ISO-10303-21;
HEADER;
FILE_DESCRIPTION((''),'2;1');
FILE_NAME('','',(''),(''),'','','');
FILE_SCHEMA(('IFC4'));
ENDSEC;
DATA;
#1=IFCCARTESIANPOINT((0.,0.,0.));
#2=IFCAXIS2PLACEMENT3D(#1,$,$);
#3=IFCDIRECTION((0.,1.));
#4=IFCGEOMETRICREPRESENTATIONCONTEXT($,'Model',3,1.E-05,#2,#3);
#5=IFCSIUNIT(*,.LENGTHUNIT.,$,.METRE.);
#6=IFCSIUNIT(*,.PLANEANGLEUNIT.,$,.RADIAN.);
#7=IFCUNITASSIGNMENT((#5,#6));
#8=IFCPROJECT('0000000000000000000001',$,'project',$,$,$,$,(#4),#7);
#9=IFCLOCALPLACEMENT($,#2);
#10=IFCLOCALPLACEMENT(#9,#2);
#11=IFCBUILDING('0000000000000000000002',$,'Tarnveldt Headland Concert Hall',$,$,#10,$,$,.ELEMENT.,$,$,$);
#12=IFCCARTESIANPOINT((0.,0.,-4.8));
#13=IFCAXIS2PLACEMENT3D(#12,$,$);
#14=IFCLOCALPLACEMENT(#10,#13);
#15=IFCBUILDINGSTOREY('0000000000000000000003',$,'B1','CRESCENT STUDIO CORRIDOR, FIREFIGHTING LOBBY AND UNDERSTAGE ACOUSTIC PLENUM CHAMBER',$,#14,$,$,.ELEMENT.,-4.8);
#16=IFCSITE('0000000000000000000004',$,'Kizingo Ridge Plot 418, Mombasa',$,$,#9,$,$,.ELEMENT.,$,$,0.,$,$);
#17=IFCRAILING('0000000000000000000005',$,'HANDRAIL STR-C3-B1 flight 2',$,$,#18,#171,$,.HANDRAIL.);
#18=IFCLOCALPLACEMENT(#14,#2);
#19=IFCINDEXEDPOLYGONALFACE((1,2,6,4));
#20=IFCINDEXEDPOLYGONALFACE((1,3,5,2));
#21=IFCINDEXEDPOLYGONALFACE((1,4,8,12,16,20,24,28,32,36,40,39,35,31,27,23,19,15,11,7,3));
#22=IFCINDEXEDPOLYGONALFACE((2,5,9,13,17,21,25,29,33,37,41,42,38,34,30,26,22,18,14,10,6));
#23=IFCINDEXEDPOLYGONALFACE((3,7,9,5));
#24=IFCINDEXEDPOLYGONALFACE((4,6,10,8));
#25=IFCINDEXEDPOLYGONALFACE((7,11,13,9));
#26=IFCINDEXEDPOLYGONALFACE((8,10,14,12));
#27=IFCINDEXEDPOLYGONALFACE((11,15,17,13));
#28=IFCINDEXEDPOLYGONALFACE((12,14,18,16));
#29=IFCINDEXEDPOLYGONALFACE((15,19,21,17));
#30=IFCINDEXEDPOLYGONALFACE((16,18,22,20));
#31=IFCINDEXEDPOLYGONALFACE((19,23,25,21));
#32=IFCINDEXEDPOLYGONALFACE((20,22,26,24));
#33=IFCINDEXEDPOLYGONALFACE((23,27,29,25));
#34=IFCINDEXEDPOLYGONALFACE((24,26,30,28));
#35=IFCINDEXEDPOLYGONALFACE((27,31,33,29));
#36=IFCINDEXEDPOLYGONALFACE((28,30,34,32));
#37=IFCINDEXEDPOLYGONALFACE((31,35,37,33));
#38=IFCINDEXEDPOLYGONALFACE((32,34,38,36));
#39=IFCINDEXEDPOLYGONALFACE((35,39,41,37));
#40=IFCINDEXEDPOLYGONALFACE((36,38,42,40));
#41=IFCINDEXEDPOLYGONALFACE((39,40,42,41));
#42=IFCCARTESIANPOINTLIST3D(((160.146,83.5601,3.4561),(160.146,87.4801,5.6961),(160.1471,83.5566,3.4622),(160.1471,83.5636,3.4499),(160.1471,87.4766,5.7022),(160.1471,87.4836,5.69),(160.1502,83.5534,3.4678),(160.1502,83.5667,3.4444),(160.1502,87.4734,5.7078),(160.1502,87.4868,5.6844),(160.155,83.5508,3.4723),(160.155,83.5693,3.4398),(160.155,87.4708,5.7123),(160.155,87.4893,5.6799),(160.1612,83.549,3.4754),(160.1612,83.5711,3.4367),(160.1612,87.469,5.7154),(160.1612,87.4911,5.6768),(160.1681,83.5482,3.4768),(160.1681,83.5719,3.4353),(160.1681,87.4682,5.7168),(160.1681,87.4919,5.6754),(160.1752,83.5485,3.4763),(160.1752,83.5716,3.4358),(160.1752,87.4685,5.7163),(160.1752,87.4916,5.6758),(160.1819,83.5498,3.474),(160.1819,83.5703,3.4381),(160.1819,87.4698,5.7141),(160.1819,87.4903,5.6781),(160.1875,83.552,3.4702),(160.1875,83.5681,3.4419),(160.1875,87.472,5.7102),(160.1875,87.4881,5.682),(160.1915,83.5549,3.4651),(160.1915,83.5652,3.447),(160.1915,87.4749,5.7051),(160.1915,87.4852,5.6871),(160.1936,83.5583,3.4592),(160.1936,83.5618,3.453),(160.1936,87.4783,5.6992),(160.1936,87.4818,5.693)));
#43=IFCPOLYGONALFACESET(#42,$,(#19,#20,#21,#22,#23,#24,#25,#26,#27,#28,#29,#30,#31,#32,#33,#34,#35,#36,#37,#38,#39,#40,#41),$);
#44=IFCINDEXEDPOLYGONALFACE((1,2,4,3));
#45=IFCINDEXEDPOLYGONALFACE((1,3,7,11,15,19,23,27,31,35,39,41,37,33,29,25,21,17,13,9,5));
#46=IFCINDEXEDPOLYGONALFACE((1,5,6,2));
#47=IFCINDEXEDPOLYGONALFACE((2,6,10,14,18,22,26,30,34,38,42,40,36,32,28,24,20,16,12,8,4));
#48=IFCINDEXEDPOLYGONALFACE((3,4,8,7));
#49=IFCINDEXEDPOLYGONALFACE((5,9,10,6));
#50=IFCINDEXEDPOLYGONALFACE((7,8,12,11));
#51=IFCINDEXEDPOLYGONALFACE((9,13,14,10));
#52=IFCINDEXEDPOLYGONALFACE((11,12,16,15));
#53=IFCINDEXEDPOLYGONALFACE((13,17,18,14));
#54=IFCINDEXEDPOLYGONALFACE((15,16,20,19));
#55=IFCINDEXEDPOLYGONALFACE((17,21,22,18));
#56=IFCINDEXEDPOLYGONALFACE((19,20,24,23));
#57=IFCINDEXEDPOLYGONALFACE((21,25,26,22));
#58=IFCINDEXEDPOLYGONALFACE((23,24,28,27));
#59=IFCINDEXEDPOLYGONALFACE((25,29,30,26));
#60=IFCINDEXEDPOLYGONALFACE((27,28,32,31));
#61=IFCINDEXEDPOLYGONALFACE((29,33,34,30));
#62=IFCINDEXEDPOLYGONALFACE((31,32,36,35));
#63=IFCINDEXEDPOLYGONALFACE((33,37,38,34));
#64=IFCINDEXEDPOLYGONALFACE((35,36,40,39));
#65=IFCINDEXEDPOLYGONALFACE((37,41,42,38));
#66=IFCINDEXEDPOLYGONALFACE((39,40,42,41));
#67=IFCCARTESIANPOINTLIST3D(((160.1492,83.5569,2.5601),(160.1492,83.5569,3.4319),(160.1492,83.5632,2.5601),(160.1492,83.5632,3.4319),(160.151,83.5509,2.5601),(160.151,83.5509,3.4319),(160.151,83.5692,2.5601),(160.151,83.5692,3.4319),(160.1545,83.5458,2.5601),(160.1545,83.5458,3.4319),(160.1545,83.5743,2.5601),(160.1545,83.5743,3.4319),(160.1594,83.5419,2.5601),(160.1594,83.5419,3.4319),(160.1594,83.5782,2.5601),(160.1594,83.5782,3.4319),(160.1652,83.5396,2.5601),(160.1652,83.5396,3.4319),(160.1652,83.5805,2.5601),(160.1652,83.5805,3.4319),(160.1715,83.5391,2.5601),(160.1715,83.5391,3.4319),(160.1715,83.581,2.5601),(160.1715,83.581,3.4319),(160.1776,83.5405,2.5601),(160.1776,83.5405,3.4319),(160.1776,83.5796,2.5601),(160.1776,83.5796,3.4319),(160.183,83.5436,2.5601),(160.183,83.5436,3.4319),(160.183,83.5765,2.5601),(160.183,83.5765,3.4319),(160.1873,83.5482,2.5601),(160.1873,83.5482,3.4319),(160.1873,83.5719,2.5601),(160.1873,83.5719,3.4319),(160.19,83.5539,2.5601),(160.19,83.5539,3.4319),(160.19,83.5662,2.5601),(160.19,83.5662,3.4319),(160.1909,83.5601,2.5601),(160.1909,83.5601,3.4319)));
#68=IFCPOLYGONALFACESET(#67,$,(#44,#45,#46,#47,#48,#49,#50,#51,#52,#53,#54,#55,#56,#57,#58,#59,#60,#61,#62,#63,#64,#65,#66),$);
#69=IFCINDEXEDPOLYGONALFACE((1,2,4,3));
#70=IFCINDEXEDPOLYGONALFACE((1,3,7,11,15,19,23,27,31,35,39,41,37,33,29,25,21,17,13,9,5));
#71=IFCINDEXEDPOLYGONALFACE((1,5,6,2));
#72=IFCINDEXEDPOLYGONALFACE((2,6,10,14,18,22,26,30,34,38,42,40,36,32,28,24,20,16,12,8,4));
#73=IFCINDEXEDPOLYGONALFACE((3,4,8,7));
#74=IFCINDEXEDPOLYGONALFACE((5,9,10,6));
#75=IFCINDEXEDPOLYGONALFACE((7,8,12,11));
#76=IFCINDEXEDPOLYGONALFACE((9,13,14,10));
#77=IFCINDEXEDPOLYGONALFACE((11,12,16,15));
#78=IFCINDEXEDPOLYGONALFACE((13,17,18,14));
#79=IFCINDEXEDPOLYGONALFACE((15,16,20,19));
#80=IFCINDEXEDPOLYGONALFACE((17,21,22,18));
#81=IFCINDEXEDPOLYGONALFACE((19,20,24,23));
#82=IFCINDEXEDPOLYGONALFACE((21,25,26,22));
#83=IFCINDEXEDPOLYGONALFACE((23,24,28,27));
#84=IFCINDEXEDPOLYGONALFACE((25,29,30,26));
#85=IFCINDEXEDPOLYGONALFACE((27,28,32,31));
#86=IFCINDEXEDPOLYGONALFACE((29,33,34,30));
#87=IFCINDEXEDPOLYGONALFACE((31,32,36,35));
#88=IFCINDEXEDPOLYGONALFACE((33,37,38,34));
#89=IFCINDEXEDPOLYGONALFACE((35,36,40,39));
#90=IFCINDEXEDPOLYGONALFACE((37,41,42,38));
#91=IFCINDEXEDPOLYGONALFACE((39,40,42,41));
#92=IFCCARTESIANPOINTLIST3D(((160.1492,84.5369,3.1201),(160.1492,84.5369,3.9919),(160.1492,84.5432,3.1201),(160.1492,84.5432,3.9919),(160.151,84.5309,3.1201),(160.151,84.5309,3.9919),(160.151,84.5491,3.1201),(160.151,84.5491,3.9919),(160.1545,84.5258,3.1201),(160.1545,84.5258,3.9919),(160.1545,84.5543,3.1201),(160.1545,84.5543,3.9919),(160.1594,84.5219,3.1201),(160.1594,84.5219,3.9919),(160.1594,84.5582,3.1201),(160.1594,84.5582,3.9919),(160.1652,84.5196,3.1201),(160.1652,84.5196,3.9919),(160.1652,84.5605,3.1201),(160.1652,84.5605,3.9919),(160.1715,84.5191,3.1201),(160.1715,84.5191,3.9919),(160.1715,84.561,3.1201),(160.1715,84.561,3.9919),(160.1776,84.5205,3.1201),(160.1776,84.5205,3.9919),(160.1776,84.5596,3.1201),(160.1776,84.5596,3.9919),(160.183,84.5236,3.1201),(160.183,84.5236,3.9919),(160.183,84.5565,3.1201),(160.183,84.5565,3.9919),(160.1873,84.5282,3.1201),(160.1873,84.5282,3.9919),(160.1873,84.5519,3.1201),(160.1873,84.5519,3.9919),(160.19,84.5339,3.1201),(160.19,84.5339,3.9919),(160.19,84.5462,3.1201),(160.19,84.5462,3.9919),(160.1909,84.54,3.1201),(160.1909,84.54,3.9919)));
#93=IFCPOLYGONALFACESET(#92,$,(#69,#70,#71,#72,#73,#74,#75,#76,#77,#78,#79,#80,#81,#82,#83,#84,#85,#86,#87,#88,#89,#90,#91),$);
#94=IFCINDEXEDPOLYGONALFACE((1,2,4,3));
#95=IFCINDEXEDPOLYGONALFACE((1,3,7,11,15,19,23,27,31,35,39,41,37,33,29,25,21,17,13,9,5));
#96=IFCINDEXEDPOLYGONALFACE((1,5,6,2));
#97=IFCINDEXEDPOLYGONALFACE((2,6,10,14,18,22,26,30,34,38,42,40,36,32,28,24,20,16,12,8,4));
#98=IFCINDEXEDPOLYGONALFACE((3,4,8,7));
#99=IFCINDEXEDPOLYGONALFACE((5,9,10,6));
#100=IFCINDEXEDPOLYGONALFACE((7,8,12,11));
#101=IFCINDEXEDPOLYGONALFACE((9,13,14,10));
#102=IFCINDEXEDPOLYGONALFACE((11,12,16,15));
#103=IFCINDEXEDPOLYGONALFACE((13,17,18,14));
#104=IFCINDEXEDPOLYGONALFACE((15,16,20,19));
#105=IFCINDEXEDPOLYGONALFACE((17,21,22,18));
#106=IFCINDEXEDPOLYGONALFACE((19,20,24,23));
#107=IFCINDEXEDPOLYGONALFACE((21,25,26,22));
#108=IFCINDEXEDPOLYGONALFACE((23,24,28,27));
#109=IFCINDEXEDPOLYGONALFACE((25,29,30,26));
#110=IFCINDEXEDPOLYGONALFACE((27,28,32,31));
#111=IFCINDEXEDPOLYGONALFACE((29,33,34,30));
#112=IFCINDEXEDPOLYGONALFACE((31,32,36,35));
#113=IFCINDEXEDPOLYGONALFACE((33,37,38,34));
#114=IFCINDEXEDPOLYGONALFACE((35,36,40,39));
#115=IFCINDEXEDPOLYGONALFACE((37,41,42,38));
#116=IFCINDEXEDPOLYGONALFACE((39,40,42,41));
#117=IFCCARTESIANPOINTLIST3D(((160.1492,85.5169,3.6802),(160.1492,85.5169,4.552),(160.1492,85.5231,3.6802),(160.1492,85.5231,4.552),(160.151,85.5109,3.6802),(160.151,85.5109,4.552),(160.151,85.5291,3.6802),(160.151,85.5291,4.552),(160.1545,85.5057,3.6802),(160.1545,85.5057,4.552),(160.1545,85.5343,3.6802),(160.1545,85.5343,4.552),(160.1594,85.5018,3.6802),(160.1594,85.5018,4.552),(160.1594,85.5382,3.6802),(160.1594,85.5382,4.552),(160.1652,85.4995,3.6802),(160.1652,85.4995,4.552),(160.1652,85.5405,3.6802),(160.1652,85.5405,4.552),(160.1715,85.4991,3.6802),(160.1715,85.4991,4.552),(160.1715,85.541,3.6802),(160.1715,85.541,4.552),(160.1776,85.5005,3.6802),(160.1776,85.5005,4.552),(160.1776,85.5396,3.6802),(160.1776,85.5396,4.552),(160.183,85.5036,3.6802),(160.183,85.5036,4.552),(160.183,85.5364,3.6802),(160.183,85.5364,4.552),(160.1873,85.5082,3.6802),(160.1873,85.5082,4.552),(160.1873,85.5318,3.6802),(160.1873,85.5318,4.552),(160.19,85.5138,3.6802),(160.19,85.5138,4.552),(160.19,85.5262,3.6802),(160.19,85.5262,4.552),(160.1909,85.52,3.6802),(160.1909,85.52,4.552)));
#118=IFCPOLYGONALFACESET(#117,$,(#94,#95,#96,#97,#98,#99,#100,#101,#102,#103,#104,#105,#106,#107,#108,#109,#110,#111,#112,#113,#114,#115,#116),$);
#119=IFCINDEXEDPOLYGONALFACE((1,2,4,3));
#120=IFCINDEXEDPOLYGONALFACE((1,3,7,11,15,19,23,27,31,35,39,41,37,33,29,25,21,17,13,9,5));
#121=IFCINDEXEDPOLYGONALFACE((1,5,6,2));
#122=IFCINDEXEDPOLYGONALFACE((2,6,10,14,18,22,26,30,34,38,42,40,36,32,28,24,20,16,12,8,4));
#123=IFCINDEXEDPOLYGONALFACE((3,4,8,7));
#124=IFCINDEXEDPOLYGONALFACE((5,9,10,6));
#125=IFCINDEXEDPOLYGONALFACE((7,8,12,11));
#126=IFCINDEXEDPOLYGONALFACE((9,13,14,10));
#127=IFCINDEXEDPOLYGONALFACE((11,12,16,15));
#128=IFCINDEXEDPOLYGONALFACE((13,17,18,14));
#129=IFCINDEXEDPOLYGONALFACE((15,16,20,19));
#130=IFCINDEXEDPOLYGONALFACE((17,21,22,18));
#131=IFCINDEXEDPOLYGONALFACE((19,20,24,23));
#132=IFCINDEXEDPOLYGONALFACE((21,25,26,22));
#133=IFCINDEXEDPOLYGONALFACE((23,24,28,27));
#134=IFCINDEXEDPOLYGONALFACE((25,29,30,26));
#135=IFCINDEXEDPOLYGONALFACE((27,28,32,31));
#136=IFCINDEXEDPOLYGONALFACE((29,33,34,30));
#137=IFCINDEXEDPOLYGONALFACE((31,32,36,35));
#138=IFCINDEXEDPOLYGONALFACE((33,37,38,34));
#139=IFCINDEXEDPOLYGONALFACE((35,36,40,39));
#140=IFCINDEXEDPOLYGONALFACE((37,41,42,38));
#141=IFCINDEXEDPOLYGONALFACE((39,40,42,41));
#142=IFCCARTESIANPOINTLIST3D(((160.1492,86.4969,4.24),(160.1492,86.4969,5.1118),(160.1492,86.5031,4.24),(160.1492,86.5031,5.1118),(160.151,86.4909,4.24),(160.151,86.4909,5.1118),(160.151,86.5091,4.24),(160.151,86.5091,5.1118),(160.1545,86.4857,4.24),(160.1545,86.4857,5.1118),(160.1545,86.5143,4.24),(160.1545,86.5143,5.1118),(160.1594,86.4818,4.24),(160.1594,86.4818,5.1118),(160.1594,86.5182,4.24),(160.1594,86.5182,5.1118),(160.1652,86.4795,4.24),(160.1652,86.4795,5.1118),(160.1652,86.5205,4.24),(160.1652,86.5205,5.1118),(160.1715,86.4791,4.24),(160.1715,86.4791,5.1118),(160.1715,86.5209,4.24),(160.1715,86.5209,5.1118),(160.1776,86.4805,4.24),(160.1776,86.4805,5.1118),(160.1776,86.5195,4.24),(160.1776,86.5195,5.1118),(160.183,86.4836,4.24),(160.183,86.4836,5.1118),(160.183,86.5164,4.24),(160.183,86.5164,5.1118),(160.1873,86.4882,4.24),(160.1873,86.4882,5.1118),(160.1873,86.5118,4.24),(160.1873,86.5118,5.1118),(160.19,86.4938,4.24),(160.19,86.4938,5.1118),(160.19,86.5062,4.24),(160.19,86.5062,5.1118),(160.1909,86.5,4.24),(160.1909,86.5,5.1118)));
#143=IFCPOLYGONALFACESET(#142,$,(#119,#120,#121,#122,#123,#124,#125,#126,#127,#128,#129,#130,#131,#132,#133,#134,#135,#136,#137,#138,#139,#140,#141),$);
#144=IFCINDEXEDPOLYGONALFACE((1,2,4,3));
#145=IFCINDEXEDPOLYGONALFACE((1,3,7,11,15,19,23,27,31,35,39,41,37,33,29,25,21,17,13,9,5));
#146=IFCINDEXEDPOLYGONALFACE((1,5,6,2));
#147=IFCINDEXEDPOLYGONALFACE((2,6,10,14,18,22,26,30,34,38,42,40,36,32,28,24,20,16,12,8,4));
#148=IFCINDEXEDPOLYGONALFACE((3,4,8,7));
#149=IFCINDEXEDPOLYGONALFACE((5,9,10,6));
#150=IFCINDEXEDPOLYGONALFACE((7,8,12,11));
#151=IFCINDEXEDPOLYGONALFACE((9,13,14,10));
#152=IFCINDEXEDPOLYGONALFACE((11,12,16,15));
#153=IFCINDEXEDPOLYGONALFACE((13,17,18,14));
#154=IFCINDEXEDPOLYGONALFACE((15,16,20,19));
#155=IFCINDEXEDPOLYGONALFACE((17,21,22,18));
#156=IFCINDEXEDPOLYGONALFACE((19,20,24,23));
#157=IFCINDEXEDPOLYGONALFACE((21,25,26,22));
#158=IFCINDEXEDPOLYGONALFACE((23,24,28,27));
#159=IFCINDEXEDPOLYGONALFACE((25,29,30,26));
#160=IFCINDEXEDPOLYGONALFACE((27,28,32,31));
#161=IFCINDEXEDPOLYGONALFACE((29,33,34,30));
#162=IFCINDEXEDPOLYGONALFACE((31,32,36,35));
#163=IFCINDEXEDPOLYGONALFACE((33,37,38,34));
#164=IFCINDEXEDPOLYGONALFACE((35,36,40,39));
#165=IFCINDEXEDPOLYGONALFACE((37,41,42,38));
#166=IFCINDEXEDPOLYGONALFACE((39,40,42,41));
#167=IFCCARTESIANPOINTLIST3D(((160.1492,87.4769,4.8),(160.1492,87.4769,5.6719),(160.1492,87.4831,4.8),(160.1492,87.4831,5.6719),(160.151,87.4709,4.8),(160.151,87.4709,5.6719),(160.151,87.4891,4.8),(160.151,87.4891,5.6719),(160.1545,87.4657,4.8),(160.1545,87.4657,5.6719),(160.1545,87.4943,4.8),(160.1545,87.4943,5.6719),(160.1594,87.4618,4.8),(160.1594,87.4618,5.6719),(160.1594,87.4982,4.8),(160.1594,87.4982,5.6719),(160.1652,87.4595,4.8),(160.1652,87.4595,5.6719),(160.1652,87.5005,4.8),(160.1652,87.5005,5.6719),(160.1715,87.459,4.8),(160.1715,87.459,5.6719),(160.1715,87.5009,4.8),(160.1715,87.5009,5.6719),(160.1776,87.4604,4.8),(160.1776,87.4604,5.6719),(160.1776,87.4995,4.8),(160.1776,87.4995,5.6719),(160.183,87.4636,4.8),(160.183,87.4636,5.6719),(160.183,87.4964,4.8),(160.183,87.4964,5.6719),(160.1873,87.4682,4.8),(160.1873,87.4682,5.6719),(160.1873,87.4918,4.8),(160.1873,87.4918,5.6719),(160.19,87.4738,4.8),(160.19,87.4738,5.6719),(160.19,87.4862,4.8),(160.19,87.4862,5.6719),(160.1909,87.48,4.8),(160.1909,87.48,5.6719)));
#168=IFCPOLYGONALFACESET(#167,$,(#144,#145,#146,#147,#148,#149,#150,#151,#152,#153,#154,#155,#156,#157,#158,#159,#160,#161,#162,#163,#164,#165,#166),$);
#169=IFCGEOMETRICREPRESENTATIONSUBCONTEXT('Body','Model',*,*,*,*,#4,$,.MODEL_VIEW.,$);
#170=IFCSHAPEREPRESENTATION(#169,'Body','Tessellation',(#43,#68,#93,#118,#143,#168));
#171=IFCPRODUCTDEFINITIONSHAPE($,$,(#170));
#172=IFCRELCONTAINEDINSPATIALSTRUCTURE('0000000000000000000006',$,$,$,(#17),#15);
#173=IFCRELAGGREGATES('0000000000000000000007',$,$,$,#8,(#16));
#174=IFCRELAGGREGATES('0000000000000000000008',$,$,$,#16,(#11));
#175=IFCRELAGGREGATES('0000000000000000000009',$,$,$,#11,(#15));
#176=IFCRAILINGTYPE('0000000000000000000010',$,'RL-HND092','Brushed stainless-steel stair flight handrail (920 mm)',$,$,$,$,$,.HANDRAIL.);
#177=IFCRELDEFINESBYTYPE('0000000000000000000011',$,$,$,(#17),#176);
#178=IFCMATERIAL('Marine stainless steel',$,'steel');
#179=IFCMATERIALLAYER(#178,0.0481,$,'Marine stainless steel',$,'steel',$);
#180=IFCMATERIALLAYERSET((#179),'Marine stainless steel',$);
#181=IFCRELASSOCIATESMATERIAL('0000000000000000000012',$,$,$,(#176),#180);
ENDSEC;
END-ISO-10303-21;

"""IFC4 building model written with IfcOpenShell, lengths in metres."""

from ifc_helpers import new_model, si_unit, direction, frame, origin, origin_2d, place, context, subcontext, project, spatial, circle, extrude, material, layer, layer_set, type_object, element, save


model = new_model("IFC4")

# Units and contexts
model_context = context("Model", 3, precision=1e-05, world=origin(), true_north=direction((0.0, 1.0)))
body_context = subcontext(model_context, "Body", "Model", "MODEL_VIEW")
ifc_project = project(units=[si_unit("LENGTHUNIT", "METRE"), si_unit("PLANEANGLEUNIT", "RADIAN")], contexts=[model_context])

# Site, building, storey
site_placement = place(None, origin())
site = spatial("IfcSite", under=ifc_project, at=site_placement, Name="Kizingo Ridge Plot 418, Mombasa", CompositionType="ELEMENT", RefElevation=0.0)
building_placement = place(site_placement, origin())
building = spatial("IfcBuilding", under=site, at=building_placement, Name="Tarnveldt Headland Concert Hall", CompositionType="ELEMENT")
storey_placement = place(building_placement, frame((0.0, 0.0, -4.8)))
storey = spatial("IfcBuildingStorey", under=building, at=storey_placement, Name="B1", Description="CRESCENT STUDIO CORRIDOR, FIREFIGHTING LOBBY AND UNDERSTAGE ACOUSTIC PLENUM CHAMBER", CompositionType="ELEMENT", Elevation=-4.8)

# Railing
ifc_material_1 = material(Name="Marine stainless steel", Category="steel")
ifc_layer_1 = layer(ifc_material_1, 0.0481, Name="Marine stainless steel", Category="steel")
ifc_layer_set_1 = layer_set([ifc_layer_1], Name="Marine stainless steel")
railing_type_1 = type_object("IfcRailingType", Name="RL-HND092", Description="Brushed stainless-steel stair flight handrail (920 mm)", PredefinedType="HANDRAIL", material=ifc_layer_set_1)
railing_1_placement = place(storey_placement, frame((160.1699, 83.5601, 2.5601)))
element("IfcRailing", 1, at=railing_1_placement, inside=storey, type_object=railing_type_1, Name="HANDRAIL STR-C3-B1 flight 2", PredefinedType="HANDRAIL", context=body_context, shape_type="SweptSolid", body=[
    extrude(circle(Radius=0.0239, at=origin_2d()), frame((0.0, 0.0, 0.896), z_axis=(0.0, 0.86824, 0.496145), x_axis=(-1.0, 0.0, 0.0)), (0.0, 0.0, 1.0), 4.5149),
    extrude(circle(Radius=0.021, at=origin_2d()), origin(), (0.0, 0.0, 1.0), 0.8718),
    extrude(circle(Radius=0.021, at=origin_2d()), frame((0.0, 0.98, 0.5601)), (0.0, 0.0, 1.0), 0.8718),
    extrude(circle(Radius=0.021, at=origin_2d()), frame((0.0, 1.96, 1.1201)), (0.0, 0.0, 1.0), 0.8718),
    extrude(circle(Radius=0.021, at=origin_2d()), frame((0.0, 2.9399, 1.6799)), (0.0, 0.0, 1.0), 0.8718),
    extrude(circle(Radius=0.021, at=origin_2d()), frame((0.0, 3.9199, 2.24)), (0.0, 0.0, 1.0), 0.8718),
])

save(model, "model.ifc")
